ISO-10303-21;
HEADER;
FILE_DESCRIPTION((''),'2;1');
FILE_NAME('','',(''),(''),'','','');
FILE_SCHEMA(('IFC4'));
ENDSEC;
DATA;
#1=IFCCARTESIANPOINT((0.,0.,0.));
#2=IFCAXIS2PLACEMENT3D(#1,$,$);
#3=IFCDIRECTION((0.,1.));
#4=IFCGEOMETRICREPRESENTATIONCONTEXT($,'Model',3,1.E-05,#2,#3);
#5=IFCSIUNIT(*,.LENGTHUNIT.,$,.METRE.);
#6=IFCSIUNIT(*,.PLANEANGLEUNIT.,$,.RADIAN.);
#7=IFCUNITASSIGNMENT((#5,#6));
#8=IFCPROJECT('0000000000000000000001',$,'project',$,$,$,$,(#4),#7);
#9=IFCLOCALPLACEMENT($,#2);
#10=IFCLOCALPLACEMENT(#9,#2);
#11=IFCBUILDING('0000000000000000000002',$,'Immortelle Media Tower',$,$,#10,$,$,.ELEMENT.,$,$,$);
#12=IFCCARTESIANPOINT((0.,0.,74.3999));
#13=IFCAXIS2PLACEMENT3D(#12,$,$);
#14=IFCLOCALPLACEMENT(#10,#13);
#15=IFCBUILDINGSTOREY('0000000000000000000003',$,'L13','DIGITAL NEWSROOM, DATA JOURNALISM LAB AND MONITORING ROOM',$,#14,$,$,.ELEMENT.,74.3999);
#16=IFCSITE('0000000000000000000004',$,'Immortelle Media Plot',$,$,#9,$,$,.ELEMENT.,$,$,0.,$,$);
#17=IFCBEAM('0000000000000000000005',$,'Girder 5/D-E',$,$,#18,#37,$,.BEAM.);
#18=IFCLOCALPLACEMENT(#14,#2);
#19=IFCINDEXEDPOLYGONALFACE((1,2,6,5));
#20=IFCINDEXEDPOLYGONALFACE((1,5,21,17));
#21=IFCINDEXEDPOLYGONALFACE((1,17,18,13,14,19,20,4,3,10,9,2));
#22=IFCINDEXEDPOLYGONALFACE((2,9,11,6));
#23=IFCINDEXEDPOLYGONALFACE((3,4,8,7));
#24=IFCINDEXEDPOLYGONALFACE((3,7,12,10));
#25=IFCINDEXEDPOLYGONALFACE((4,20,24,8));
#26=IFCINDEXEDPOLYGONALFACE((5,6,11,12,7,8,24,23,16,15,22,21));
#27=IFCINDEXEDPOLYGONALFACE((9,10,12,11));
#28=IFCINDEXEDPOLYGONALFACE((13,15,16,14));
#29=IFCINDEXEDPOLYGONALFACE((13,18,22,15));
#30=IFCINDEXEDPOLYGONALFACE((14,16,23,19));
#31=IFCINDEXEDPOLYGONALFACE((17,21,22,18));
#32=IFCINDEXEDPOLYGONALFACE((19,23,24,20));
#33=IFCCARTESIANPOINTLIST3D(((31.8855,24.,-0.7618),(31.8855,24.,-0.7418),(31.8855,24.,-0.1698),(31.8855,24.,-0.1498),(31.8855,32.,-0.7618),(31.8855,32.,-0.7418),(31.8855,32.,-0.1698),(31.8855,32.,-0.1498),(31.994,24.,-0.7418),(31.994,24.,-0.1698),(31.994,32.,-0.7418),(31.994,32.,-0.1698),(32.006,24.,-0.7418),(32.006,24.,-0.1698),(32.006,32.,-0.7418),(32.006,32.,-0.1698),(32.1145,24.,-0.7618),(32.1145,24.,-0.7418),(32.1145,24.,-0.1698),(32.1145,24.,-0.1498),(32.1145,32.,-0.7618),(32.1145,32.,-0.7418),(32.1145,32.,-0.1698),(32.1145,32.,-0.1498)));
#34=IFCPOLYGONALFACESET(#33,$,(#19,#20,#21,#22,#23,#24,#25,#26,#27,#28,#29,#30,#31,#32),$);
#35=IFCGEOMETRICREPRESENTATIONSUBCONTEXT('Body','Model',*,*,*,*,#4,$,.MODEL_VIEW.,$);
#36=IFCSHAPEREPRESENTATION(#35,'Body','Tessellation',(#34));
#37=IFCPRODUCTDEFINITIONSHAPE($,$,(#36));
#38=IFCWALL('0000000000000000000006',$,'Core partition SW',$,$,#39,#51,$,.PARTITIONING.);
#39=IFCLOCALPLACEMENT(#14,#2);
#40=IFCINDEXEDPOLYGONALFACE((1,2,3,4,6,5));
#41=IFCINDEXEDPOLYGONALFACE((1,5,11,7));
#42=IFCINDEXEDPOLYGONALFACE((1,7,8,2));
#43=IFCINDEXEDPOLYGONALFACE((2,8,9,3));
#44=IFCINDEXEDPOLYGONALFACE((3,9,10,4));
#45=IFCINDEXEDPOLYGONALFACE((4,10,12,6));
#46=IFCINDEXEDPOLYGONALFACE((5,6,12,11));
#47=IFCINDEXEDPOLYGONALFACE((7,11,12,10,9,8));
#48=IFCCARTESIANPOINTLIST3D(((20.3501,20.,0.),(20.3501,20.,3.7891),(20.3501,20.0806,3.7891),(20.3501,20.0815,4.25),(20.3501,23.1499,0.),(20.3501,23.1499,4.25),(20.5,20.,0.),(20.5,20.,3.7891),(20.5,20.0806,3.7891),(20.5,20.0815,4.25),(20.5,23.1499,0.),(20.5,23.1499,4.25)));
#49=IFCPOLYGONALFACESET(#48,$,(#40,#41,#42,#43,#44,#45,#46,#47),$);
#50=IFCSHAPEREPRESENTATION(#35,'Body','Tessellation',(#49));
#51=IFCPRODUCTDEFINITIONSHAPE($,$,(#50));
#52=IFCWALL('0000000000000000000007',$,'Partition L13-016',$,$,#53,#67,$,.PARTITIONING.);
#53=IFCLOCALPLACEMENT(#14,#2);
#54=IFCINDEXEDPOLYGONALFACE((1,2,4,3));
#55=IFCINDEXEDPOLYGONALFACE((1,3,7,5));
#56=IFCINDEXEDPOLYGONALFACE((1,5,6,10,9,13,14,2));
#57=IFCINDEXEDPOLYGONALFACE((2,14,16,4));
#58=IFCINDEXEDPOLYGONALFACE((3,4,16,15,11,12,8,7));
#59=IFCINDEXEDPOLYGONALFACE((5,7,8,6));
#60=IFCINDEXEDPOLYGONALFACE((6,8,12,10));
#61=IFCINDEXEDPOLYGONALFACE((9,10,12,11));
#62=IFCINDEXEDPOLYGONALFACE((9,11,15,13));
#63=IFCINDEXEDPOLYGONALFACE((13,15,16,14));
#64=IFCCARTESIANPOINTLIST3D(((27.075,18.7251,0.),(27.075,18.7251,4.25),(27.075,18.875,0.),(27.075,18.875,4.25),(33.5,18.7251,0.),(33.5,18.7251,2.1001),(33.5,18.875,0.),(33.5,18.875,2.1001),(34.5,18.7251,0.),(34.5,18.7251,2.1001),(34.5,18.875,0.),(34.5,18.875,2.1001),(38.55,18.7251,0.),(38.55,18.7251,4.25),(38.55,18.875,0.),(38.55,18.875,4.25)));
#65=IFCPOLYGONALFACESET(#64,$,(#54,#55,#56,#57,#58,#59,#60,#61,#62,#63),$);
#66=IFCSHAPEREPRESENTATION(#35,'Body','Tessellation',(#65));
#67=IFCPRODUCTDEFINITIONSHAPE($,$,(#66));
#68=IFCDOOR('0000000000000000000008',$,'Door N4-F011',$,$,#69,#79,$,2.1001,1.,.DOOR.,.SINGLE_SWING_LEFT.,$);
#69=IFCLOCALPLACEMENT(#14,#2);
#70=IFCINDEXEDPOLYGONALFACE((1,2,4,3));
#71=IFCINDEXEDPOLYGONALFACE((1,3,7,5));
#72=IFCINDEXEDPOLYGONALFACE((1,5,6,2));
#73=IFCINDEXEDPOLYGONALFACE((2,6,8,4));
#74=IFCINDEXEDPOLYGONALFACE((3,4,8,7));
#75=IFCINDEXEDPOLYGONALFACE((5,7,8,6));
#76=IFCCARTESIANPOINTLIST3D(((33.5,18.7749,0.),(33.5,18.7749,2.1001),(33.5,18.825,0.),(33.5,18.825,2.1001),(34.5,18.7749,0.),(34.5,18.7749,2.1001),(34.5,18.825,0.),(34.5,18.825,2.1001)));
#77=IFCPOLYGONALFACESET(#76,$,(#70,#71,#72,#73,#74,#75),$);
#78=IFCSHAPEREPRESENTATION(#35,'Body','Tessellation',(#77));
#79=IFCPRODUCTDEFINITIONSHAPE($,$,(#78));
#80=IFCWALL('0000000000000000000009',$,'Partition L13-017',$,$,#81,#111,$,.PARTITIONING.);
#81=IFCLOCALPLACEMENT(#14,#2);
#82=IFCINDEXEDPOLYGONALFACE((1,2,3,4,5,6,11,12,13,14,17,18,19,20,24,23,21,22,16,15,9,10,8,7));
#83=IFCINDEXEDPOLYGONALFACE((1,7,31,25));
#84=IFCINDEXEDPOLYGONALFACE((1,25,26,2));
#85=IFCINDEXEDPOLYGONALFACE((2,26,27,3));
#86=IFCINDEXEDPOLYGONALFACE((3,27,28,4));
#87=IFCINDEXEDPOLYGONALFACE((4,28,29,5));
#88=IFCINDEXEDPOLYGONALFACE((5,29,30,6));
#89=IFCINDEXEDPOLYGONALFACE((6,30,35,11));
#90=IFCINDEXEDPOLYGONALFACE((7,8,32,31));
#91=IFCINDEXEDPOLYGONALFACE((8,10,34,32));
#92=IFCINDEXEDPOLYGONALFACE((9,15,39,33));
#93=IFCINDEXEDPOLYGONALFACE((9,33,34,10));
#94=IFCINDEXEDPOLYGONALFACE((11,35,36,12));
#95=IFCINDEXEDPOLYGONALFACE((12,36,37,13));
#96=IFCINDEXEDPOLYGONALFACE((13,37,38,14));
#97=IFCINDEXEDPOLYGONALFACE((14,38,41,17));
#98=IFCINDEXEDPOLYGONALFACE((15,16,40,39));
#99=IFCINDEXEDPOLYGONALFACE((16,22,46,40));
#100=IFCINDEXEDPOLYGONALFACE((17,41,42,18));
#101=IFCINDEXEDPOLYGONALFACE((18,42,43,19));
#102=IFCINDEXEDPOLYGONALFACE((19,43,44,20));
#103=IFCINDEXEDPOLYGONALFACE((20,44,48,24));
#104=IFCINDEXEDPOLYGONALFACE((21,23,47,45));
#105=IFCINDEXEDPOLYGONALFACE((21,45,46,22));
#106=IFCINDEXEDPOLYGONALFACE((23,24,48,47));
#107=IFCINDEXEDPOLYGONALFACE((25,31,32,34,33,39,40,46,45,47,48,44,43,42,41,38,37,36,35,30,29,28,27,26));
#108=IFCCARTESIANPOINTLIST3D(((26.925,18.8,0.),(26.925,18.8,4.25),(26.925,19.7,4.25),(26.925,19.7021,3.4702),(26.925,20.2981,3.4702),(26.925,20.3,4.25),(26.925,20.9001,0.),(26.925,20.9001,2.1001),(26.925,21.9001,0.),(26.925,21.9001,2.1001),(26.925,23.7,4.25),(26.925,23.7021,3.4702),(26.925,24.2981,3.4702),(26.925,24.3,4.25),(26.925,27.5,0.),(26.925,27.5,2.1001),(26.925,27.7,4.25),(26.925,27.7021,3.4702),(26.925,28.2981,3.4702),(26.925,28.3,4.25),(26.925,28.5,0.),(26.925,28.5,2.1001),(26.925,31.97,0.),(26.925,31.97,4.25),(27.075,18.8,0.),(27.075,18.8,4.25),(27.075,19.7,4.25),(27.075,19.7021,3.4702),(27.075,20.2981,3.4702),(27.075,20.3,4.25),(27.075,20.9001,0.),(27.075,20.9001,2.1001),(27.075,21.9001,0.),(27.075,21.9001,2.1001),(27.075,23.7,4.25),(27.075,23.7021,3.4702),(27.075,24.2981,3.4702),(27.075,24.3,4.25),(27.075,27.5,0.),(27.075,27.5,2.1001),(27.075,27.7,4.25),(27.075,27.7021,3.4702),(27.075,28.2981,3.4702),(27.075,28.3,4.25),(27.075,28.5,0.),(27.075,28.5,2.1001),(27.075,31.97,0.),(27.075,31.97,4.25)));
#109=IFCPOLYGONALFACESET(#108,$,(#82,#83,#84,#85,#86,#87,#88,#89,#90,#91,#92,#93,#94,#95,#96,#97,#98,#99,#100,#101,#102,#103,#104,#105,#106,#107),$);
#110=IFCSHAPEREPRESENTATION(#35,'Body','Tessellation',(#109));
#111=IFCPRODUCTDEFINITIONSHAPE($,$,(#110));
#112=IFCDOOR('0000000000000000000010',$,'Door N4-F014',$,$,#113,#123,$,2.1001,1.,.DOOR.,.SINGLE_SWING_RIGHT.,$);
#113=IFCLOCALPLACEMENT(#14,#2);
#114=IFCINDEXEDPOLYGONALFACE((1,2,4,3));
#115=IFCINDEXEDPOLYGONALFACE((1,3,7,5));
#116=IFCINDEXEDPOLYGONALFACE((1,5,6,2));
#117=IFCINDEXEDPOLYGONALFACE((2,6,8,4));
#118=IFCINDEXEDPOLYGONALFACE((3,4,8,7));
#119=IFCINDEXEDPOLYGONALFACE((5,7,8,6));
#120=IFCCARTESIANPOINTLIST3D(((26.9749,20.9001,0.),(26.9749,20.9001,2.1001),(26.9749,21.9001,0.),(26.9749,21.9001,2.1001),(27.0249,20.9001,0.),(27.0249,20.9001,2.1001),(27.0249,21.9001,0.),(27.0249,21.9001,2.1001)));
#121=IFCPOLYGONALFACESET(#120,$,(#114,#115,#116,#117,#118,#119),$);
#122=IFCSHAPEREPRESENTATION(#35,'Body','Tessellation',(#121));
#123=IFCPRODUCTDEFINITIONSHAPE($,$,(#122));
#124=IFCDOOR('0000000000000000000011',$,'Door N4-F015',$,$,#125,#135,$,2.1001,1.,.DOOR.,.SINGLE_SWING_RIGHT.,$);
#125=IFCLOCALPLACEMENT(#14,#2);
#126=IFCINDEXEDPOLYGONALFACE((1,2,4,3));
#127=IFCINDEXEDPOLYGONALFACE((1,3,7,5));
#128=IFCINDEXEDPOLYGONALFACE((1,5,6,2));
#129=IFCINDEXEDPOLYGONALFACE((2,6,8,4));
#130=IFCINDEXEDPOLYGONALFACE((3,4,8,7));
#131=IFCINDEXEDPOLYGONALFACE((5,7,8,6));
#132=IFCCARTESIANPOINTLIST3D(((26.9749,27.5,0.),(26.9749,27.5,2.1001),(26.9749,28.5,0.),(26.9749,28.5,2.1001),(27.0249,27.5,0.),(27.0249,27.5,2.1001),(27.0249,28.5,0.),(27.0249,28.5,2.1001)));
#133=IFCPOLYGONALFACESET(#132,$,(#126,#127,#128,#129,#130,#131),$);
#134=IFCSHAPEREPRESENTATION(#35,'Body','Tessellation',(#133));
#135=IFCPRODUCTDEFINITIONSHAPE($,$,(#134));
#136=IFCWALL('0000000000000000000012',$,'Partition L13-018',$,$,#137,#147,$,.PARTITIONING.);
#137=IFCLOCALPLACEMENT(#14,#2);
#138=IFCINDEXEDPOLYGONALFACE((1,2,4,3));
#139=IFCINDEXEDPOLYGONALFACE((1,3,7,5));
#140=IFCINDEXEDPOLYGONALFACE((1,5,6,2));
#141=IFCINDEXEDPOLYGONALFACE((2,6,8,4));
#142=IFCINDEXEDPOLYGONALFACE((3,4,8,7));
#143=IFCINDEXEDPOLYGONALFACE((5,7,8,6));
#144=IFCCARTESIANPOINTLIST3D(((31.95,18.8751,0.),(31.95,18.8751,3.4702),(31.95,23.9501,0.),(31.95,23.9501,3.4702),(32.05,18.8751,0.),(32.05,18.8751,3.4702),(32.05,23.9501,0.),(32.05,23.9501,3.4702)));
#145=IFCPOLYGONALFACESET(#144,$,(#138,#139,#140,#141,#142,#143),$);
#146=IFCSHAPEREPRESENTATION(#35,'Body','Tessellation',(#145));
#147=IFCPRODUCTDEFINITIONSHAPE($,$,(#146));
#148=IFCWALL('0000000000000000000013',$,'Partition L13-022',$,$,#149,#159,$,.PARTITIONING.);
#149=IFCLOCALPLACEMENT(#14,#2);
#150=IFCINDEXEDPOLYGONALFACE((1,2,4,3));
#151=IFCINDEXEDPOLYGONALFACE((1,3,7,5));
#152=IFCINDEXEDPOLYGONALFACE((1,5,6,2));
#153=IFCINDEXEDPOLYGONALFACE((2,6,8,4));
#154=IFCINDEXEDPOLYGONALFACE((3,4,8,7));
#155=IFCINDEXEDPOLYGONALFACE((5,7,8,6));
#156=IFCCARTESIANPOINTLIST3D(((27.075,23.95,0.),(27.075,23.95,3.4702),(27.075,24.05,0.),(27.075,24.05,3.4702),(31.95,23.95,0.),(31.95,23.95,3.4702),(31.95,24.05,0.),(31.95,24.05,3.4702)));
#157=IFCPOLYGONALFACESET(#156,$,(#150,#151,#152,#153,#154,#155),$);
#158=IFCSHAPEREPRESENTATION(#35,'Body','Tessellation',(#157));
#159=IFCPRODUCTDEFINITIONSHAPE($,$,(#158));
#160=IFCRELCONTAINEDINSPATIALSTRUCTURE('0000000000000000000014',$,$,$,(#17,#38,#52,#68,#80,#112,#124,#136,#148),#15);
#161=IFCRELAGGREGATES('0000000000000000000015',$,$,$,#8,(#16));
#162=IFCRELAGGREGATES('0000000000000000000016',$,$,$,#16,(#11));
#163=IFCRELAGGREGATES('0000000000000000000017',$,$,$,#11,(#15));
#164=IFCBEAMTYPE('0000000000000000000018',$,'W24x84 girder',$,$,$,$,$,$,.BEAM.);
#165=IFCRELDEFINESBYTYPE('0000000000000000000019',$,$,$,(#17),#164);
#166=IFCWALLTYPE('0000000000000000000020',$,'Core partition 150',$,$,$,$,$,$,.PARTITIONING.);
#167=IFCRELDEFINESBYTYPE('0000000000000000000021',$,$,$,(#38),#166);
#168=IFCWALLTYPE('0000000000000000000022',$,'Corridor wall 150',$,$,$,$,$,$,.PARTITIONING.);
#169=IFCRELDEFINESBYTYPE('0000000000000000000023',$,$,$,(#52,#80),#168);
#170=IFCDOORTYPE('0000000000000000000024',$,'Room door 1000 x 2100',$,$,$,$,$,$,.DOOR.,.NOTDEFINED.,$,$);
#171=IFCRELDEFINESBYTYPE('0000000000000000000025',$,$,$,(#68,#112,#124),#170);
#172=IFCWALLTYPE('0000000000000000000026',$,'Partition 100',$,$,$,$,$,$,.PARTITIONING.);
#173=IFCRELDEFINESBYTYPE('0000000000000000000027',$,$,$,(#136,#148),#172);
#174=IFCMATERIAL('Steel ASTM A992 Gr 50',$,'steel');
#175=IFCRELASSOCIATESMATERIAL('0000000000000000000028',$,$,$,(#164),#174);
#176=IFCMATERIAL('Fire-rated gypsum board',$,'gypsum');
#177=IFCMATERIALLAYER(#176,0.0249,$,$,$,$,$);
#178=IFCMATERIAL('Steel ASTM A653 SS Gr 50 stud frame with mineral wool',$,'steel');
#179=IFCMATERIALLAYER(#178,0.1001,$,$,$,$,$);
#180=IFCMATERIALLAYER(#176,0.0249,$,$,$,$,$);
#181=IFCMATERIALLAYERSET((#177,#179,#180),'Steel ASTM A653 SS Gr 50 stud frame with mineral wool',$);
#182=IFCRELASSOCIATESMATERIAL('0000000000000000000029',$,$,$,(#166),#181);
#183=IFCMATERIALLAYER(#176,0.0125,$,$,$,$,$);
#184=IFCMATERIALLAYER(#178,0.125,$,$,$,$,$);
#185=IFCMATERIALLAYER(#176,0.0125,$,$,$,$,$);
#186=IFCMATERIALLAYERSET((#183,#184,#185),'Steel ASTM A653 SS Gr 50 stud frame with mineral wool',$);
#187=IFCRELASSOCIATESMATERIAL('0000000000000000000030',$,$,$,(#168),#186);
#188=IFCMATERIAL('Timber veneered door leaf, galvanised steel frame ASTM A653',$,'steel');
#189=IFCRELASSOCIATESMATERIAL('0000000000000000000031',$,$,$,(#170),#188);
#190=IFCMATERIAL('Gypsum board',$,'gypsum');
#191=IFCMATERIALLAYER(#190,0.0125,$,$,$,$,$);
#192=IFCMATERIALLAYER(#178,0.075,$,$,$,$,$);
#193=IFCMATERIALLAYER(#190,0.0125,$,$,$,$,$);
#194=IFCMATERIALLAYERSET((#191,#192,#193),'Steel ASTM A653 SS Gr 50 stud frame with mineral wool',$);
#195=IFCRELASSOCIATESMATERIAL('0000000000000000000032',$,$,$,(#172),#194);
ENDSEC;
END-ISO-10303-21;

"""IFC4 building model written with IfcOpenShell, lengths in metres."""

from ifc_helpers import new_model, si_unit, direction, frame, frame_2d, origin, origin_2d, place, context, subcontext, project, spatial, polyline, rectangle, i_section, outline, extrude, material, layer, layer_set, material_profile, profile_set, type_object, element, fill, save


model = new_model("IFC4")

# Units and contexts
model_context = context("Model", 3, precision=1e-05, world=origin(), true_north=direction((0.0, 1.0)))
body_context = subcontext(model_context, "Body", "Model", "MODEL_VIEW")
ifc_project = project(units=[si_unit("LENGTHUNIT", "METRE"), si_unit("PLANEANGLEUNIT", "RADIAN")], contexts=[model_context])

# Site, building, storey
site_placement = place(None, origin())
site = spatial("IfcSite", under=ifc_project, at=site_placement, Name="Immortelle Media Plot", CompositionType="ELEMENT", RefElevation=0.0)
building_placement = place(site_placement, origin())
building = spatial("IfcBuilding", under=site, at=building_placement, Name="Immortelle Media Tower", CompositionType="ELEMENT")
storey_placement = place(building_placement, frame((0.0, 0.0, 74.3999)))
storey = spatial("IfcBuildingStorey", under=building, at=storey_placement, Name="L13", Description="DIGITAL NEWSROOM, DATA JOURNALISM LAB AND MONITORING ROOM", CompositionType="ELEMENT", Elevation=74.3999)

# Shared definitions
ifc_material_1 = material(Name="Steel ASTM A992 Gr 50", Category="steel")

# Beam
ifc_material_profile_1 = material_profile(ifc_material_1, i_section(OverallWidth=0.229, OverallDepth=0.6121, WebThickness=0.012, FlangeThickness=0.02, at=origin_2d()), Name="W24x84")
ifc_profile_set_1 = profile_set([ifc_material_profile_1], Name="Steel ASTM A992 Gr 50")
beam_type_1 = type_object("IfcBeamType", Name="W24x84 girder", PredefinedType="BEAM", material=ifc_profile_set_1)
for number, where, z_axis, x_axis, name in (
    (1, (32.0, 24.0, -0.4558), (0.0, 1.0, 0.0), (-1.0, 0.0, 0.0), "Girder 5/D-E"),
):
    element("IfcBeam", number, at=place(storey_placement, frame(where, z_axis=z_axis, x_axis=x_axis)), inside=storey, type_object=beam_type_1, Name=name, PredefinedType="BEAM", context=body_context, shape_type="SweptSolid", body=[
        extrude(i_section(OverallWidth=0.229, OverallDepth=0.6121, WebThickness=0.012, FlangeThickness=0.02, at=origin_2d()), origin(), (0.0, 0.0, 1.0), 8.0),
    ])

# Wall
ifc_material_2 = material(Name="Fire-rated gypsum board", Category="gypsum")
ifc_layer_1 = layer(ifc_material_2, 0.0249)
ifc_material_3 = material(Name="Steel ASTM A653 SS Gr 50 stud frame with mineral wool", Category="steel")
ifc_layer_2 = layer(ifc_material_3, 0.1001)
ifc_layer_3 = layer(ifc_material_2, 0.0249)
ifc_layer_set_1 = layer_set([ifc_layer_1, ifc_layer_2, ifc_layer_3], Name="Steel ASTM A653 SS Gr 50 stud frame with mineral wool")
wall_type_1 = type_object("IfcWallType", Name="Core partition 150", PredefinedType="PARTITIONING", material=ifc_layer_set_1)
wall_1_placement = place(storey_placement, frame((20.425, 20.0, 0.0), z_axis=(0.0, 0.0, 1.0), x_axis=(0.0, 1.0, 0.0)))
element("IfcWall", 2, at=wall_1_placement, inside=storey, type_object=wall_type_1, Name="Core partition SW", PredefinedType="PARTITIONING", context=body_context, shape_type="SweptSolid", body=[
    extrude(outline(polyline([(0.0, 0.0), (3.1499, 0.0), (3.1499, 4.25), (0.0815, 4.25), (0.0806, 3.7891), (0.0, 3.7891), (0.0, 0.0)])), frame((0.0, 0.075, 0.0), z_axis=(0.0, -1.0, 0.0), x_axis=(1.0, 0.0, 0.0)), (0.0, 0.0, 1.0), 0.1499),
])

# Wall, opening, door
ifc_layer_4 = layer(ifc_material_2, 0.0125)
ifc_layer_5 = layer(ifc_material_3, 0.125)
ifc_layer_6 = layer(ifc_material_2, 0.0125)
ifc_layer_set_2 = layer_set([ifc_layer_4, ifc_layer_5, ifc_layer_6], Name="Steel ASTM A653 SS Gr 50 stud frame with mineral wool")
wall_type_2 = type_object("IfcWallType", Name="Corridor wall 150", PredefinedType="PARTITIONING", material=ifc_layer_set_2)
wall_2_placement = place(storey_placement, frame((27.075, 18.8, 0.0), z_axis=(0.0, 0.0, 1.0), x_axis=(1.0, 0.0, 0.0)))
wall_2 = element("IfcWall", 3, at=wall_2_placement, inside=storey, type_object=wall_type_2, Name="Partition L13-016", PredefinedType="PARTITIONING", context=body_context, shape_type="SweptSolid", body=[
    extrude(rectangle(XDim=11.4751, YDim=0.1499, at=frame_2d((5.7375, 0.0))), origin(), (0.0, 0.0, 1.0), 4.25),
])
opening_1_placement = place(wall_2_placement, frame((6.425, 0.0, 0.0)))
opening_1 = element("IfcOpeningElement", 4, at=opening_1_placement, cuts=wall_2, PredefinedType="OPENING", context=body_context, shape_type="SweptSolid", body=[
    extrude(rectangle(XDim=1.0, YDim=2.1001, at=frame_2d((0.5, 1.05))), frame((0.0, 0.085, 0.0), z_axis=(0.0, -1.0, 0.0), x_axis=(1.0, 0.0, 0.0)), (0.0, 0.0, 1.0), 0.1699),
])
ifc_material_4 = material(Name="Timber veneered door leaf, galvanised steel frame ASTM A653", Category="steel")
door_type = type_object("IfcDoorType", Name="Room door 1000 x 2100", OperationType="NOTDEFINED", PredefinedType="DOOR", material=ifc_material_4)
door_1_placement = place(opening_1_placement, origin())
door_1 = element("IfcDoor", 5, at=door_1_placement, inside=storey, type_object=door_type, Name="Door N4-F011", OperationType="SINGLE_SWING_LEFT", OverallHeight=2.1001, OverallWidth=1.0, PredefinedType="DOOR", context=body_context, shape_type="SweptSolid", body=[
    extrude(rectangle(XDim=1.0, YDim=2.1001, at=frame_2d((0.5, 1.05))), frame((0.0, 0.0249, 0.0), z_axis=(0.0, -1.0, 0.0), x_axis=(1.0, 0.0, 0.0)), (0.0, 0.0, 1.0), 0.05),
])
fill(opening_1, door_1)

# Wall, openings, doors
wall_3_placement = place(storey_placement, frame((27.0, 18.8, 0.0), z_axis=(0.0, 0.0, 1.0), x_axis=(0.0, 1.0, 0.0)))
wall_3 = element("IfcWall", 6, at=wall_3_placement, inside=storey, type_object=wall_type_2, Name="Partition L13-017", PredefinedType="PARTITIONING", context=body_context, shape_type="SweptSolid", body=[
    extrude(outline(polyline([(0.0, 0.0), (13.1699, 0.0), (13.1699, 4.25), (9.5, 4.25), (9.498, 3.4702), (8.9021, 3.4702), (8.8999, 4.25), (5.5, 4.25), (5.498, 3.4702), (4.9021, 3.4702), (4.8999, 4.25), (1.5, 4.25), (1.498, 3.4702), (0.9021, 3.4702), (0.8999, 4.25), (0.0, 4.25), (0.0, 0.0)])), frame((0.0, 0.075, 0.0), z_axis=(0.0, -1.0, 0.0), x_axis=(1.0, 0.0, 0.0)), (0.0, 0.0, 1.0), 0.1499),
])
opening_2_placement = place(wall_3_placement, frame((3.1001, 0.0, 0.0), z_axis=(0.0, 0.0, 1.0), x_axis=(-1.0, 0.0, 0.0)))
opening_2 = element("IfcOpeningElement", 7, at=opening_2_placement, cuts=wall_3, PredefinedType="OPENING", context=body_context, shape_type="SweptSolid", body=[
    extrude(rectangle(XDim=1.0, YDim=2.1001, at=frame_2d((0.5, 1.05))), frame((0.0, 0.085, 0.0), z_axis=(0.0, -1.0, 0.0), x_axis=(1.0, 0.0, 0.0)), (0.0, 0.0, 1.0), 0.1699),
])
opening_3_placement = place(wall_3_placement, frame((9.7, 0.0, 0.0), z_axis=(0.0, 0.0, 1.0), x_axis=(-1.0, 0.0, 0.0)))
opening_3 = element("IfcOpeningElement", 8, at=opening_3_placement, cuts=wall_3, PredefinedType="OPENING", context=body_context, shape_type="SweptSolid", body=[
    extrude(rectangle(XDim=1.0, YDim=2.1001, at=frame_2d((0.5, 1.05))), frame((0.0, 0.085, 0.0), z_axis=(0.0, -1.0, 0.0), x_axis=(1.0, 0.0, 0.0)), (0.0, 0.0, 1.0), 0.1699),
])
door_2_placement = place(opening_2_placement, origin())
door_2 = element("IfcDoor", 9, at=door_2_placement, inside=storey, type_object=door_type, Name="Door N4-F014", OperationType="SINGLE_SWING_RIGHT", OverallHeight=2.1001, OverallWidth=1.0, PredefinedType="DOOR", context=body_context, shape_type="SweptSolid", body=[
    extrude(rectangle(XDim=1.0, YDim=2.1001, at=frame_2d((0.5, 1.05))), frame((0.0, 0.0249, 0.0), z_axis=(0.0, -1.0, 0.0), x_axis=(1.0, 0.0, 0.0)), (0.0, 0.0, 1.0), 0.05),
])
fill(opening_2, door_2)
door_3_placement = place(opening_3_placement, origin())
door_3 = element("IfcDoor", 10, at=door_3_placement, inside=storey, type_object=door_type, Name="Door N4-F015", OperationType="SINGLE_SWING_RIGHT", OverallHeight=2.1001, OverallWidth=1.0, PredefinedType="DOOR", context=body_context, shape_type="SweptSolid", body=[
    extrude(rectangle(XDim=1.0, YDim=2.1001, at=frame_2d((0.5, 1.05))), frame((0.0, 0.0249, 0.0), z_axis=(0.0, -1.0, 0.0), x_axis=(1.0, 0.0, 0.0)), (0.0, 0.0, 1.0), 0.05),
])
fill(opening_3, door_3)

# Walls
ifc_material_5 = material(Name="Gypsum board", Category="gypsum")
ifc_layer_7 = layer(ifc_material_5, 0.0125)
ifc_layer_8 = layer(ifc_material_3, 0.075)
ifc_layer_9 = layer(ifc_material_5, 0.0125)
ifc_layer_set_3 = layer_set([ifc_layer_7, ifc_layer_8, ifc_layer_9], Name="Steel ASTM A653 SS Gr 50 stud frame with mineral wool")
wall_type_3 = type_object("IfcWallType", Name="Partition 100", PredefinedType="PARTITIONING", material=ifc_layer_set_3)
wall_4_placement = place(storey_placement, frame((32.0, 18.875, 0.0), z_axis=(0.0, 0.0, 1.0), x_axis=(0.0, 1.0, 0.0)))
element("IfcWall", 11, at=wall_4_placement, inside=storey, type_object=wall_type_3, Name="Partition L13-018", PredefinedType="PARTITIONING", context=body_context, shape_type="SweptSolid", body=[
    extrude(rectangle(XDim=5.075, YDim=0.1001, at=frame_2d((2.5376, 0.0))), origin(), (0.0, 0.0, 1.0), 3.4702),
])
wall_5_placement = place(storey_placement, frame((27.075, 24.0, 0.0), z_axis=(0.0, 0.0, 1.0), x_axis=(1.0, 0.0, 0.0)))
element("IfcWall", 12, at=wall_5_placement, inside=storey, type_object=wall_type_3, Name="Partition L13-022", PredefinedType="PARTITIONING", context=body_context, shape_type="SweptSolid", body=[
    extrude(rectangle(XDim=4.875, YDim=0.1001, at=frame_2d((2.4375, 0.0))), origin(), (0.0, 0.0, 1.0), 3.4702),
])

save(model, "model.ifc")
